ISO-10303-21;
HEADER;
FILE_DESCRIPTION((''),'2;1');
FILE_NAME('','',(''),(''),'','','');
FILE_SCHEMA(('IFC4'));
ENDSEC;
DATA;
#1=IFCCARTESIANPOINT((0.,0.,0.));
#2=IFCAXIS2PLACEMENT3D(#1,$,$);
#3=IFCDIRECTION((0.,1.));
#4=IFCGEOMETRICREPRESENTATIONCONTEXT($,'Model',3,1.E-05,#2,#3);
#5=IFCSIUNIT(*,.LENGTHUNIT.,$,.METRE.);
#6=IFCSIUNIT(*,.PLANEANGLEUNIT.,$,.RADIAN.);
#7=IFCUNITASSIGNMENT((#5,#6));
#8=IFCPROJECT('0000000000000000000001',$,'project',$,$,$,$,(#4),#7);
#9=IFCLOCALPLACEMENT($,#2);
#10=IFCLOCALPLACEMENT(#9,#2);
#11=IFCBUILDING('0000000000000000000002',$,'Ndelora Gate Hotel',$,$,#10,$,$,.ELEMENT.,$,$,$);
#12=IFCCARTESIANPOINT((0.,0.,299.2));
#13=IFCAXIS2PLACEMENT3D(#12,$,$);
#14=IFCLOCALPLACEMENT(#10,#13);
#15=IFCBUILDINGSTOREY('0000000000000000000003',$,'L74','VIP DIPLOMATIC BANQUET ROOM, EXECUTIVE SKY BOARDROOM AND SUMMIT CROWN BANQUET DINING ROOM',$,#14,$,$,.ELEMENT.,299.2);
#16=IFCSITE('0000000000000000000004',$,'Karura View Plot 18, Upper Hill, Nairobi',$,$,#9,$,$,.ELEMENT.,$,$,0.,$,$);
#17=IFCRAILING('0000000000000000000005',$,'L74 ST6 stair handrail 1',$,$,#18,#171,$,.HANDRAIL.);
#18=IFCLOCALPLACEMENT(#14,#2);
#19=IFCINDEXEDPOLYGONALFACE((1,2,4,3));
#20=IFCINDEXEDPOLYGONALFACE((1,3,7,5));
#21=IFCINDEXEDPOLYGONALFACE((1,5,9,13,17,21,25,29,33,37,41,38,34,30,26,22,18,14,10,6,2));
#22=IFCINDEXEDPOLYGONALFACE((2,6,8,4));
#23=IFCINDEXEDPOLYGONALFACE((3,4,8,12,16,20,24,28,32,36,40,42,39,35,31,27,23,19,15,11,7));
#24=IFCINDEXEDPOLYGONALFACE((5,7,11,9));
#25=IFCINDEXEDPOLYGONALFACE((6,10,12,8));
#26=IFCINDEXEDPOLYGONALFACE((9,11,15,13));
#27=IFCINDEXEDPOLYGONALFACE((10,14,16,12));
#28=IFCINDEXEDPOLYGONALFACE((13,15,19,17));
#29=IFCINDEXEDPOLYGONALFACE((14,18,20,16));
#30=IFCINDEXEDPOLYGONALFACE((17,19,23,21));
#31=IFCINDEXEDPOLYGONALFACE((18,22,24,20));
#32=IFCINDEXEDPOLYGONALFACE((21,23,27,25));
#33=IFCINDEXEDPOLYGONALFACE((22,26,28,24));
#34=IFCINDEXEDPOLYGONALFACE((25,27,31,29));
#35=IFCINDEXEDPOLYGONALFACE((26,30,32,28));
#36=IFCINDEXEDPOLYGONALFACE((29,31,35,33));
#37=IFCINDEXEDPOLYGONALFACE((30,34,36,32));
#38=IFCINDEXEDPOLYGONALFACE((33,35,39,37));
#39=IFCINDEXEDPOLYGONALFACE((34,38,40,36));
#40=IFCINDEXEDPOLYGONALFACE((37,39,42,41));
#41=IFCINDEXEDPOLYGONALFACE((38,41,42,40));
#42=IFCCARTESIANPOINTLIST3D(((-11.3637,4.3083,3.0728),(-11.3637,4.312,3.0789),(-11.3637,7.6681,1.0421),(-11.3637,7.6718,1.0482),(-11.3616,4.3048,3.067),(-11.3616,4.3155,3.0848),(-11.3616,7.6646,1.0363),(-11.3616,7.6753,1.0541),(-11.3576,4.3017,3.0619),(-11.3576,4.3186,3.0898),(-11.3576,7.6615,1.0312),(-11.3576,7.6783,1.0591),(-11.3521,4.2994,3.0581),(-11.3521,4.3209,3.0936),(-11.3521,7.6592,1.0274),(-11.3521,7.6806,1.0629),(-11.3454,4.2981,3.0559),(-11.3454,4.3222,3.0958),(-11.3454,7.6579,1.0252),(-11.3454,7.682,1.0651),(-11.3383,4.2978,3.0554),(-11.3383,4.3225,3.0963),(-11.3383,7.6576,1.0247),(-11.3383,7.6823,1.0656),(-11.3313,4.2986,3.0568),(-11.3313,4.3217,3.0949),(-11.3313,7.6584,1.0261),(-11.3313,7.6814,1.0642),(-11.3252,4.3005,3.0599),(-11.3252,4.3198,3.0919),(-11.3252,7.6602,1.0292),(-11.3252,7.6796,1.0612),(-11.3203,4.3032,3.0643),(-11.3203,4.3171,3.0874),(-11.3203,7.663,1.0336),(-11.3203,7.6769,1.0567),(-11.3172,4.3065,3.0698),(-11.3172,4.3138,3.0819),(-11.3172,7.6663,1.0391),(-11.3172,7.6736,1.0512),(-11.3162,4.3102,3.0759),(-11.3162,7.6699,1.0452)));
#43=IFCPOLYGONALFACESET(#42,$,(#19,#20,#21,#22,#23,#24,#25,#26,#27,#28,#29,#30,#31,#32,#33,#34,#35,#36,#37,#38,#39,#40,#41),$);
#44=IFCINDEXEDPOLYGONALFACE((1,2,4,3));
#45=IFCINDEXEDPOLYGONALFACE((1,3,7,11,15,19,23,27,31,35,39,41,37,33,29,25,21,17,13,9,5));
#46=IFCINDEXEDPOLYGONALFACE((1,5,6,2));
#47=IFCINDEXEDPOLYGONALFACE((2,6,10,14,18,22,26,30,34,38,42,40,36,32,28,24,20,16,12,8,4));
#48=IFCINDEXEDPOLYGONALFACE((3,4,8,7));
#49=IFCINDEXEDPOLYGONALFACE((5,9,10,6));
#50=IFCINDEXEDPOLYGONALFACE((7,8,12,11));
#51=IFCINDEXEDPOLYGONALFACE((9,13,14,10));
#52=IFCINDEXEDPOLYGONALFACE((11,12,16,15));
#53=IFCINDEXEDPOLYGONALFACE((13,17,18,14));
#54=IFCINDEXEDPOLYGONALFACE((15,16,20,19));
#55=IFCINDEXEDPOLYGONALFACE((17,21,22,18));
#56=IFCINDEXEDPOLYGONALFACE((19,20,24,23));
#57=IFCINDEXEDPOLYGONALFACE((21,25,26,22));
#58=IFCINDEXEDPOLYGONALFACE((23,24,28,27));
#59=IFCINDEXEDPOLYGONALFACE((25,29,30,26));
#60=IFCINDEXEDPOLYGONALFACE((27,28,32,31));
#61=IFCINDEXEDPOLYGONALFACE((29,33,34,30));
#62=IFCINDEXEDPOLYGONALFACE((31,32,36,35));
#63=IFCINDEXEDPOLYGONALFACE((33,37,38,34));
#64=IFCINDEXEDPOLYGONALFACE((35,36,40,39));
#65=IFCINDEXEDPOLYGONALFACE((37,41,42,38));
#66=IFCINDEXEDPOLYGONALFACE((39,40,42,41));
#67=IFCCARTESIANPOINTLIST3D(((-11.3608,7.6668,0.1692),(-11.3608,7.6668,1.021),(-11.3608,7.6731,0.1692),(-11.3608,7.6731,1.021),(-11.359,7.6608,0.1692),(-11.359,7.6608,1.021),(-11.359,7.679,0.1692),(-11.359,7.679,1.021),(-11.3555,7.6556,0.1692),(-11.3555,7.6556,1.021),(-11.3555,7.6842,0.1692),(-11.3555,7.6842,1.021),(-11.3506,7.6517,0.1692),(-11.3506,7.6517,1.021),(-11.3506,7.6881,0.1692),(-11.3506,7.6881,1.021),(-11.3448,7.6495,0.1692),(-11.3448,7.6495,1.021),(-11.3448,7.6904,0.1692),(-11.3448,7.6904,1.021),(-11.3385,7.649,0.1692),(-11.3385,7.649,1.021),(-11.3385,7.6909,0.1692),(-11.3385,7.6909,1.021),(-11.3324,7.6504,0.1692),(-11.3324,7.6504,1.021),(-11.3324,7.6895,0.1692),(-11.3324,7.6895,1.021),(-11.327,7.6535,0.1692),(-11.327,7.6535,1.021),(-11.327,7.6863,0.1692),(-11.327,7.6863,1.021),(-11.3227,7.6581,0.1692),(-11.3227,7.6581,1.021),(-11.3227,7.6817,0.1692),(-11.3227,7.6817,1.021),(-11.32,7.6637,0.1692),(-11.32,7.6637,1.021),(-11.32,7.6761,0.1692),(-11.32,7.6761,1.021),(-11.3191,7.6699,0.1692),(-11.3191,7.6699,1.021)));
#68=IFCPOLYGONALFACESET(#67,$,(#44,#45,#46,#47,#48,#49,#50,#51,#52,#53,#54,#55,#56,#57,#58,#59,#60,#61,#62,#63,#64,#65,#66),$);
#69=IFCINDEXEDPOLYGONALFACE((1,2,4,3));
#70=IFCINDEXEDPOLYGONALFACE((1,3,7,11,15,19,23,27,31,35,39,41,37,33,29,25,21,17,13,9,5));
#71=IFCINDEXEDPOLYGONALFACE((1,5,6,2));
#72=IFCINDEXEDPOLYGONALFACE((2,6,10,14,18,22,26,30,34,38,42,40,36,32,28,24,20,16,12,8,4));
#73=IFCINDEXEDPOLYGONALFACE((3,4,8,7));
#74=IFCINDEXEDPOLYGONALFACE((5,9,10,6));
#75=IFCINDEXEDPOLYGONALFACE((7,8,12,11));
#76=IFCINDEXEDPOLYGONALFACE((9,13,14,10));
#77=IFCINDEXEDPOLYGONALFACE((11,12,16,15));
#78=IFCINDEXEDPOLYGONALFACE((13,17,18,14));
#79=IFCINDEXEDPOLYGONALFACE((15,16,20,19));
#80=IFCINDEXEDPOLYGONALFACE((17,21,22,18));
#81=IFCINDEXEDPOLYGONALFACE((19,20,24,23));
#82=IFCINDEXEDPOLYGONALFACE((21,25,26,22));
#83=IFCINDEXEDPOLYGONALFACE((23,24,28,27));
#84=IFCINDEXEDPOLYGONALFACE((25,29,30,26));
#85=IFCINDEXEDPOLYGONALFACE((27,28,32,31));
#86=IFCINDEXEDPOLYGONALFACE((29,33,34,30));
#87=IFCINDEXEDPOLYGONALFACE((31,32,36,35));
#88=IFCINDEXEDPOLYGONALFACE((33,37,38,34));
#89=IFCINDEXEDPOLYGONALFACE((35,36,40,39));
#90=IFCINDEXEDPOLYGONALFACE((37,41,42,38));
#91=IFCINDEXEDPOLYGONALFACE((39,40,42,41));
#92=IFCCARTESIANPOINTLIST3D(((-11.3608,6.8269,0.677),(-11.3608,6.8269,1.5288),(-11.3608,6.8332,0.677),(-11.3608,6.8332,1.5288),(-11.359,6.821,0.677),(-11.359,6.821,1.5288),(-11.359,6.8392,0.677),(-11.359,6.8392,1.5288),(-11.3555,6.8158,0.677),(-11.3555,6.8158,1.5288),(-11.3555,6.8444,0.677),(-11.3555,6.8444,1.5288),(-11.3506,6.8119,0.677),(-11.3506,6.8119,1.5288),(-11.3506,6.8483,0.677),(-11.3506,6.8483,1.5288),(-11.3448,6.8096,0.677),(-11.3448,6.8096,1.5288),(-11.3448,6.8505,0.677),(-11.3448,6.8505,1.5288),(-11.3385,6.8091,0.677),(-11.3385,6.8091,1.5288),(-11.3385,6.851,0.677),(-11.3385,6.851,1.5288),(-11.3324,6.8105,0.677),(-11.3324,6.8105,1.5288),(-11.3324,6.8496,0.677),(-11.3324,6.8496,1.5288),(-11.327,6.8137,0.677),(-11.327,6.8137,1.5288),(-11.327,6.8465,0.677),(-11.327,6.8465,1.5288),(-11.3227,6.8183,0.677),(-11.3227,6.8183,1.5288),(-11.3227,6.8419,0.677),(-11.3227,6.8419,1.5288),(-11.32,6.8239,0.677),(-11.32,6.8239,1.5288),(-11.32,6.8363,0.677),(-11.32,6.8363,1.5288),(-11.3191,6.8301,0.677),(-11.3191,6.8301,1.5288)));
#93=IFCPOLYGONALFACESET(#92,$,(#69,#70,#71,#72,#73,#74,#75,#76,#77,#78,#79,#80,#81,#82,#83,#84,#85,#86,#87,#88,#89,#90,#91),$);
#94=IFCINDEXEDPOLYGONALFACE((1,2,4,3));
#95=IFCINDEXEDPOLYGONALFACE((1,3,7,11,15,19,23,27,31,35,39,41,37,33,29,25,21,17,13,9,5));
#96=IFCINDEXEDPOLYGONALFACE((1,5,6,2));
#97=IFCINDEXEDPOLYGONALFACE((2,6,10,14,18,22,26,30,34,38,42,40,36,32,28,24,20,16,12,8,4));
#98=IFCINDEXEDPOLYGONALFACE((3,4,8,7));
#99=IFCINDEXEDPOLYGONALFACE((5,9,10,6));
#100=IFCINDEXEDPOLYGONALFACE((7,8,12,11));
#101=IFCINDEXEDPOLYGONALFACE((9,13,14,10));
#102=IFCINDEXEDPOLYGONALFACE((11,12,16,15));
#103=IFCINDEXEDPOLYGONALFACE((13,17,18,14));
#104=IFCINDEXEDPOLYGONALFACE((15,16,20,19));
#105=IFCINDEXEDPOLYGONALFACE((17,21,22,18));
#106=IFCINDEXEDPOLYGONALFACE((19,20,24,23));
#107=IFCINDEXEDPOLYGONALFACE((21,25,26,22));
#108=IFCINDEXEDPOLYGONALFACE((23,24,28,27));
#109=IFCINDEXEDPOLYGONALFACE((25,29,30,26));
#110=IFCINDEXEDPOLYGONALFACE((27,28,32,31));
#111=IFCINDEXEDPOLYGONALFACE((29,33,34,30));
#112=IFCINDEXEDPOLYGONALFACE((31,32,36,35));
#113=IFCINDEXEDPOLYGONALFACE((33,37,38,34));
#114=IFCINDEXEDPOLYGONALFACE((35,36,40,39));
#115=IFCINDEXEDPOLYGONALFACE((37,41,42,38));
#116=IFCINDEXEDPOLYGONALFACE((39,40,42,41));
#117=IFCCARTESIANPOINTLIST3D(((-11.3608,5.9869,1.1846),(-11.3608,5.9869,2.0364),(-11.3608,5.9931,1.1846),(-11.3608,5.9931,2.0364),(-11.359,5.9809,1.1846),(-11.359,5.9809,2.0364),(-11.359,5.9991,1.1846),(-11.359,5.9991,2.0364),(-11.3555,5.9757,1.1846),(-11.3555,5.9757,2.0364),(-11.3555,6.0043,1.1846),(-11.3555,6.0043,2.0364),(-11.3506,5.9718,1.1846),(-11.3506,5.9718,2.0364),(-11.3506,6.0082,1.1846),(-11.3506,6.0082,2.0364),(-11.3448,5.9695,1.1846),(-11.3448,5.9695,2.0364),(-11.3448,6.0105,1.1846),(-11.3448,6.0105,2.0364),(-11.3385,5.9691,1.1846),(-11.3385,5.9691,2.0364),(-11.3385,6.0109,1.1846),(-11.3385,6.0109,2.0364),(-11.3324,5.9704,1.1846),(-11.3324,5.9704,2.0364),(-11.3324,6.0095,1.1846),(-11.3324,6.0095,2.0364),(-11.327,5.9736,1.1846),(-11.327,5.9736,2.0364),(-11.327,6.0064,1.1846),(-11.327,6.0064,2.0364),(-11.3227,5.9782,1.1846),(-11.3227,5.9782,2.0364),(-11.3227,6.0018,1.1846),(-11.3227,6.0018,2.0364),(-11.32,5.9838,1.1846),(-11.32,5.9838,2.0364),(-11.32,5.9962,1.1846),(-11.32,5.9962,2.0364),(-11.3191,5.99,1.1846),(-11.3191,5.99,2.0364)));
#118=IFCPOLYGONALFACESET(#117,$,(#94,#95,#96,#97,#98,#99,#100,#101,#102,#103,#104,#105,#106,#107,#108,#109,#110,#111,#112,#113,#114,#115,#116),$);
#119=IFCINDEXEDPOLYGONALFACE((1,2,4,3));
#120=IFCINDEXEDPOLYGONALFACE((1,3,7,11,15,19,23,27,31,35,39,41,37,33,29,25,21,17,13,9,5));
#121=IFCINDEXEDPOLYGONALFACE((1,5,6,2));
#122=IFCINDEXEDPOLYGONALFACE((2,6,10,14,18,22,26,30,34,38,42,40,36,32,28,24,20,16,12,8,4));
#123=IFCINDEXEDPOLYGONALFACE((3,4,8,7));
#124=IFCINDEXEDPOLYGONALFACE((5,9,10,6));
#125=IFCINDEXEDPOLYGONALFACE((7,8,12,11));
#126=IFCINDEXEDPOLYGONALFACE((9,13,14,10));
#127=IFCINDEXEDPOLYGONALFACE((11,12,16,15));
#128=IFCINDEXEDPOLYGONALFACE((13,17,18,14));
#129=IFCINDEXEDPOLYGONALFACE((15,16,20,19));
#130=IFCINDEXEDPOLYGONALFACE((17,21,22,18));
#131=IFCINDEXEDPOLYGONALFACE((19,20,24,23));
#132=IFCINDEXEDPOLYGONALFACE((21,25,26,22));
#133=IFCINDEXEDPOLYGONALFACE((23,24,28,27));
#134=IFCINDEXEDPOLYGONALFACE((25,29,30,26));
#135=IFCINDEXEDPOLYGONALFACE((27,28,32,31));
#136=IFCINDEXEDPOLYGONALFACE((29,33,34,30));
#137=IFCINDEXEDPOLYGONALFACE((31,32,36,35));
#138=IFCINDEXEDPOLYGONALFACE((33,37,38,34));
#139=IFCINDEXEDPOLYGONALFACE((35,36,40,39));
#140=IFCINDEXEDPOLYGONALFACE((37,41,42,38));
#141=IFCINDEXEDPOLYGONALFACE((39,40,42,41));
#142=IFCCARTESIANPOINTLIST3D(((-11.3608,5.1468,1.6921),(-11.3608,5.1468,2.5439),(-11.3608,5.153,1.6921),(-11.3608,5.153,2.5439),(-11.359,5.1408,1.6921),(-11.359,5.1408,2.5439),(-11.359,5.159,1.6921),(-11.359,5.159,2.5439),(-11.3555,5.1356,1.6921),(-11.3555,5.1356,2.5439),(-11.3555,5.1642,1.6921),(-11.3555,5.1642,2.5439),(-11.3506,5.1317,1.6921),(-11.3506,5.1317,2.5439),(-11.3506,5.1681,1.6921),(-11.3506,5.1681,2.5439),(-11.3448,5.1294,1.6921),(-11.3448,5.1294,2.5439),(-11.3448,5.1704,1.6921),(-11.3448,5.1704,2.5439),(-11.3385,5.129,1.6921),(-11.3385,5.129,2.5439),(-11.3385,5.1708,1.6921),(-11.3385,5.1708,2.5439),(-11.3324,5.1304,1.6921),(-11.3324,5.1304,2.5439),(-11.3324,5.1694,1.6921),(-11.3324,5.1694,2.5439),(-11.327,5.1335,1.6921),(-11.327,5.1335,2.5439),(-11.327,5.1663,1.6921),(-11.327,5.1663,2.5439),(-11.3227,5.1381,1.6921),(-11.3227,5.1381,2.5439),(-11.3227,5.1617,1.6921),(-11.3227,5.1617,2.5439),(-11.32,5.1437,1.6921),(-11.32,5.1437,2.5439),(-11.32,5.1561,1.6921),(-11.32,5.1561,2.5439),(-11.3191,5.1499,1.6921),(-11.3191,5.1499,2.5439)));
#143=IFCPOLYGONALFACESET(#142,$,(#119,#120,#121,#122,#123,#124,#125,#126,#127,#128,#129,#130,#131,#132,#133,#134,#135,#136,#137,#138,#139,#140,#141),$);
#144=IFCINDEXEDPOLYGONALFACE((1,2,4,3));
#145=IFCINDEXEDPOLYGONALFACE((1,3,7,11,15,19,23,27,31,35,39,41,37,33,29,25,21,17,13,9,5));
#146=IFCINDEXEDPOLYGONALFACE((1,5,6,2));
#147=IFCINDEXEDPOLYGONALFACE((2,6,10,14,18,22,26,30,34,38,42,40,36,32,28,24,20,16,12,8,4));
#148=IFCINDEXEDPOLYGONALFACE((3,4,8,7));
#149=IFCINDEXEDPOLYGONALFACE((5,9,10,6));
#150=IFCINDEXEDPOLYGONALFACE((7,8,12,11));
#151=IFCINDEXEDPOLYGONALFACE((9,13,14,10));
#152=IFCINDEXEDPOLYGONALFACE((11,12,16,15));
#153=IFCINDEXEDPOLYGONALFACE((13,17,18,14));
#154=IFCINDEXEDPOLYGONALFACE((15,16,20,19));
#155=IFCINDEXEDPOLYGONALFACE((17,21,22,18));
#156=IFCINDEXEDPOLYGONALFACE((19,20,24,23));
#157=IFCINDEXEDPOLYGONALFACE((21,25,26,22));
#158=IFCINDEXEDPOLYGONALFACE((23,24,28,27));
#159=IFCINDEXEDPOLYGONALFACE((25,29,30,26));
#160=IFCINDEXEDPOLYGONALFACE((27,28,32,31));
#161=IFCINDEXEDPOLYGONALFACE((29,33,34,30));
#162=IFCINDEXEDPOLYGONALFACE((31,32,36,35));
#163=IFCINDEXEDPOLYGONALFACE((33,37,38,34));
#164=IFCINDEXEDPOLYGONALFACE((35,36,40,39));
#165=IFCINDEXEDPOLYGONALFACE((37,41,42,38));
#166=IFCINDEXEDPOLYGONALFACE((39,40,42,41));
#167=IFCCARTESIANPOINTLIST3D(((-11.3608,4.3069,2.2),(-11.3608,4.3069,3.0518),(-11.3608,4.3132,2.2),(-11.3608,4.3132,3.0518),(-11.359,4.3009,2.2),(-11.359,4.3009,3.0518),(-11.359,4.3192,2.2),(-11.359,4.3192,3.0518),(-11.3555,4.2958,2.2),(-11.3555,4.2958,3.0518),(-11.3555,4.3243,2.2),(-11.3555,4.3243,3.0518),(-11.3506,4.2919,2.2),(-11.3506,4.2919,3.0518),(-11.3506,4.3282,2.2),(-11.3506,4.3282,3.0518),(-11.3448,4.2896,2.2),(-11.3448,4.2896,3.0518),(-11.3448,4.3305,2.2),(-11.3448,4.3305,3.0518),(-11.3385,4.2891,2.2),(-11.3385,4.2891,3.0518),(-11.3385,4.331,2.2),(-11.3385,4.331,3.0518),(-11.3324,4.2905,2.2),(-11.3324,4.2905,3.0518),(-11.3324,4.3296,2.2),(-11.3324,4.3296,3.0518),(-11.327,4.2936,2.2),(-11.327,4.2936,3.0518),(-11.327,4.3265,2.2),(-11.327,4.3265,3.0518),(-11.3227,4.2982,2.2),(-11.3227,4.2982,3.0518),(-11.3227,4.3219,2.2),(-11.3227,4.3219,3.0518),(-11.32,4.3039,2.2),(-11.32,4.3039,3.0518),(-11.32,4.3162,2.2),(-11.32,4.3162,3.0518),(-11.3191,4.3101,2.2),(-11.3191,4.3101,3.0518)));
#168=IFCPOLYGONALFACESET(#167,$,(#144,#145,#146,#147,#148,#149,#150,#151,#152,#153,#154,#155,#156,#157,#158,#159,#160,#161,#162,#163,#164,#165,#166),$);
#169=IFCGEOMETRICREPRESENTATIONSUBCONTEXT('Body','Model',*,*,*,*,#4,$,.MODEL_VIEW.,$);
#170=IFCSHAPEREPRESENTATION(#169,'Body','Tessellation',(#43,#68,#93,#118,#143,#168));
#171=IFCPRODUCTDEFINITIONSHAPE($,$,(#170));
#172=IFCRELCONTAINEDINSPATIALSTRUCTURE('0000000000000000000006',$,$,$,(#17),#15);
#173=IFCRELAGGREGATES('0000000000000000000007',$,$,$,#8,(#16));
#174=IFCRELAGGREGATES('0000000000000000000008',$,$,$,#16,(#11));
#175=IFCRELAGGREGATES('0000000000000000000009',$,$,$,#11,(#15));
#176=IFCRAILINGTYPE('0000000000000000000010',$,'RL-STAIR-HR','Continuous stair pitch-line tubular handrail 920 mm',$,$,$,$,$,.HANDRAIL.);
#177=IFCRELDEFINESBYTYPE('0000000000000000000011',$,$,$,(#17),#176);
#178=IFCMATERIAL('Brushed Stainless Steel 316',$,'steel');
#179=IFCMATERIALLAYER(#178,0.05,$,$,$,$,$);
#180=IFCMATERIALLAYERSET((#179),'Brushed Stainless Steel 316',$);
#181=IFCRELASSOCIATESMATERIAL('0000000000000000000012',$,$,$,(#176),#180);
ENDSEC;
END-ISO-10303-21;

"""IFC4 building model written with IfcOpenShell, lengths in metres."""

from ifc_helpers import new_model, si_unit, direction, frame, origin, origin_2d, place, context, subcontext, project, spatial, circle, extrude, material, layer, layer_set, type_object, element, save


model = new_model("IFC4")

# Units and contexts
model_context = context("Model", 3, precision=1e-05, world=origin(), true_north=direction((0.0, 1.0)))
body_context = subcontext(model_context, "Body", "Model", "MODEL_VIEW")
ifc_project = project(units=[si_unit("LENGTHUNIT", "METRE"), si_unit("PLANEANGLEUNIT", "RADIAN")], contexts=[model_context])

# Site, building, storey
site_placement = place(None, origin())
site = spatial("IfcSite", under=ifc_project, at=site_placement, Name="Karura View Plot 18, Upper Hill, Nairobi", CompositionType="ELEMENT", RefElevation=0.0)
building_placement = place(site_placement, origin())
building = spatial("IfcBuilding", under=site, at=building_placement, Name="Ndelora Gate Hotel", CompositionType="ELEMENT")
storey_placement = place(building_placement, frame((0.0, 0.0, 299.2)))
storey = spatial("IfcBuildingStorey", under=building, at=storey_placement, Name="L74", Description="VIP DIPLOMATIC BANQUET ROOM, EXECUTIVE SKY BOARDROOM AND SUMMIT CROWN BANQUET DINING ROOM", CompositionType="ELEMENT", Elevation=299.2)

# Railing
ifc_material_1 = material(Name="Brushed Stainless Steel 316", Category="steel")
ifc_layer_1 = layer(ifc_material_1, 0.05)
ifc_layer_set_1 = layer_set([ifc_layer_1], Name="Brushed Stainless Steel 316")
railing_type_1 = type_object("IfcRailingType", Name="RL-STAIR-HR", Description="Continuous stair pitch-line tubular handrail 920 mm", PredefinedType="HANDRAIL", material=ifc_layer_set_1)
railing_1_placement = place(storey_placement, frame((-11.3401, 7.6699, 0.1692)))
element("IfcRailing", 1, at=railing_1_placement, inside=storey, type_object=railing_type_1, Name="L74 ST6 stair handrail 1", PredefinedType="HANDRAIL", context=body_context, shape_type="SweptSolid", body=[
    extrude(circle(Radius=0.0239, at=origin_2d()), frame((0.0, 0.0, 0.876), z_axis=(0.0, -0.85582, 0.517273), x_axis=(1.0, 0.0, 0.0)), (0.0, 0.0, 1.0), 3.9258),
    extrude(circle(Radius=0.021, at=origin_2d()), origin(), (0.0, 0.0, 1.0), 0.8518),
    extrude(circle(Radius=0.021, at=origin_2d()), frame((0.0, -0.8398, 0.5078)), (0.0, 0.0, 1.0), 0.8518),
    extrude(circle(Radius=0.021, at=origin_2d()), frame((0.0, -1.6799, 1.0154)), (0.0, 0.0, 1.0), 0.8518),
    extrude(circle(Radius=0.021, at=origin_2d()), frame((0.0, -2.52, 1.5229)), (0.0, 0.0, 1.0), 0.8518),
    extrude(circle(Radius=0.021, at=origin_2d()), frame((0.0, -3.3599, 2.0308)), (0.0, 0.0, 1.0), 0.8518),
])

save(model, "model.ifc")
